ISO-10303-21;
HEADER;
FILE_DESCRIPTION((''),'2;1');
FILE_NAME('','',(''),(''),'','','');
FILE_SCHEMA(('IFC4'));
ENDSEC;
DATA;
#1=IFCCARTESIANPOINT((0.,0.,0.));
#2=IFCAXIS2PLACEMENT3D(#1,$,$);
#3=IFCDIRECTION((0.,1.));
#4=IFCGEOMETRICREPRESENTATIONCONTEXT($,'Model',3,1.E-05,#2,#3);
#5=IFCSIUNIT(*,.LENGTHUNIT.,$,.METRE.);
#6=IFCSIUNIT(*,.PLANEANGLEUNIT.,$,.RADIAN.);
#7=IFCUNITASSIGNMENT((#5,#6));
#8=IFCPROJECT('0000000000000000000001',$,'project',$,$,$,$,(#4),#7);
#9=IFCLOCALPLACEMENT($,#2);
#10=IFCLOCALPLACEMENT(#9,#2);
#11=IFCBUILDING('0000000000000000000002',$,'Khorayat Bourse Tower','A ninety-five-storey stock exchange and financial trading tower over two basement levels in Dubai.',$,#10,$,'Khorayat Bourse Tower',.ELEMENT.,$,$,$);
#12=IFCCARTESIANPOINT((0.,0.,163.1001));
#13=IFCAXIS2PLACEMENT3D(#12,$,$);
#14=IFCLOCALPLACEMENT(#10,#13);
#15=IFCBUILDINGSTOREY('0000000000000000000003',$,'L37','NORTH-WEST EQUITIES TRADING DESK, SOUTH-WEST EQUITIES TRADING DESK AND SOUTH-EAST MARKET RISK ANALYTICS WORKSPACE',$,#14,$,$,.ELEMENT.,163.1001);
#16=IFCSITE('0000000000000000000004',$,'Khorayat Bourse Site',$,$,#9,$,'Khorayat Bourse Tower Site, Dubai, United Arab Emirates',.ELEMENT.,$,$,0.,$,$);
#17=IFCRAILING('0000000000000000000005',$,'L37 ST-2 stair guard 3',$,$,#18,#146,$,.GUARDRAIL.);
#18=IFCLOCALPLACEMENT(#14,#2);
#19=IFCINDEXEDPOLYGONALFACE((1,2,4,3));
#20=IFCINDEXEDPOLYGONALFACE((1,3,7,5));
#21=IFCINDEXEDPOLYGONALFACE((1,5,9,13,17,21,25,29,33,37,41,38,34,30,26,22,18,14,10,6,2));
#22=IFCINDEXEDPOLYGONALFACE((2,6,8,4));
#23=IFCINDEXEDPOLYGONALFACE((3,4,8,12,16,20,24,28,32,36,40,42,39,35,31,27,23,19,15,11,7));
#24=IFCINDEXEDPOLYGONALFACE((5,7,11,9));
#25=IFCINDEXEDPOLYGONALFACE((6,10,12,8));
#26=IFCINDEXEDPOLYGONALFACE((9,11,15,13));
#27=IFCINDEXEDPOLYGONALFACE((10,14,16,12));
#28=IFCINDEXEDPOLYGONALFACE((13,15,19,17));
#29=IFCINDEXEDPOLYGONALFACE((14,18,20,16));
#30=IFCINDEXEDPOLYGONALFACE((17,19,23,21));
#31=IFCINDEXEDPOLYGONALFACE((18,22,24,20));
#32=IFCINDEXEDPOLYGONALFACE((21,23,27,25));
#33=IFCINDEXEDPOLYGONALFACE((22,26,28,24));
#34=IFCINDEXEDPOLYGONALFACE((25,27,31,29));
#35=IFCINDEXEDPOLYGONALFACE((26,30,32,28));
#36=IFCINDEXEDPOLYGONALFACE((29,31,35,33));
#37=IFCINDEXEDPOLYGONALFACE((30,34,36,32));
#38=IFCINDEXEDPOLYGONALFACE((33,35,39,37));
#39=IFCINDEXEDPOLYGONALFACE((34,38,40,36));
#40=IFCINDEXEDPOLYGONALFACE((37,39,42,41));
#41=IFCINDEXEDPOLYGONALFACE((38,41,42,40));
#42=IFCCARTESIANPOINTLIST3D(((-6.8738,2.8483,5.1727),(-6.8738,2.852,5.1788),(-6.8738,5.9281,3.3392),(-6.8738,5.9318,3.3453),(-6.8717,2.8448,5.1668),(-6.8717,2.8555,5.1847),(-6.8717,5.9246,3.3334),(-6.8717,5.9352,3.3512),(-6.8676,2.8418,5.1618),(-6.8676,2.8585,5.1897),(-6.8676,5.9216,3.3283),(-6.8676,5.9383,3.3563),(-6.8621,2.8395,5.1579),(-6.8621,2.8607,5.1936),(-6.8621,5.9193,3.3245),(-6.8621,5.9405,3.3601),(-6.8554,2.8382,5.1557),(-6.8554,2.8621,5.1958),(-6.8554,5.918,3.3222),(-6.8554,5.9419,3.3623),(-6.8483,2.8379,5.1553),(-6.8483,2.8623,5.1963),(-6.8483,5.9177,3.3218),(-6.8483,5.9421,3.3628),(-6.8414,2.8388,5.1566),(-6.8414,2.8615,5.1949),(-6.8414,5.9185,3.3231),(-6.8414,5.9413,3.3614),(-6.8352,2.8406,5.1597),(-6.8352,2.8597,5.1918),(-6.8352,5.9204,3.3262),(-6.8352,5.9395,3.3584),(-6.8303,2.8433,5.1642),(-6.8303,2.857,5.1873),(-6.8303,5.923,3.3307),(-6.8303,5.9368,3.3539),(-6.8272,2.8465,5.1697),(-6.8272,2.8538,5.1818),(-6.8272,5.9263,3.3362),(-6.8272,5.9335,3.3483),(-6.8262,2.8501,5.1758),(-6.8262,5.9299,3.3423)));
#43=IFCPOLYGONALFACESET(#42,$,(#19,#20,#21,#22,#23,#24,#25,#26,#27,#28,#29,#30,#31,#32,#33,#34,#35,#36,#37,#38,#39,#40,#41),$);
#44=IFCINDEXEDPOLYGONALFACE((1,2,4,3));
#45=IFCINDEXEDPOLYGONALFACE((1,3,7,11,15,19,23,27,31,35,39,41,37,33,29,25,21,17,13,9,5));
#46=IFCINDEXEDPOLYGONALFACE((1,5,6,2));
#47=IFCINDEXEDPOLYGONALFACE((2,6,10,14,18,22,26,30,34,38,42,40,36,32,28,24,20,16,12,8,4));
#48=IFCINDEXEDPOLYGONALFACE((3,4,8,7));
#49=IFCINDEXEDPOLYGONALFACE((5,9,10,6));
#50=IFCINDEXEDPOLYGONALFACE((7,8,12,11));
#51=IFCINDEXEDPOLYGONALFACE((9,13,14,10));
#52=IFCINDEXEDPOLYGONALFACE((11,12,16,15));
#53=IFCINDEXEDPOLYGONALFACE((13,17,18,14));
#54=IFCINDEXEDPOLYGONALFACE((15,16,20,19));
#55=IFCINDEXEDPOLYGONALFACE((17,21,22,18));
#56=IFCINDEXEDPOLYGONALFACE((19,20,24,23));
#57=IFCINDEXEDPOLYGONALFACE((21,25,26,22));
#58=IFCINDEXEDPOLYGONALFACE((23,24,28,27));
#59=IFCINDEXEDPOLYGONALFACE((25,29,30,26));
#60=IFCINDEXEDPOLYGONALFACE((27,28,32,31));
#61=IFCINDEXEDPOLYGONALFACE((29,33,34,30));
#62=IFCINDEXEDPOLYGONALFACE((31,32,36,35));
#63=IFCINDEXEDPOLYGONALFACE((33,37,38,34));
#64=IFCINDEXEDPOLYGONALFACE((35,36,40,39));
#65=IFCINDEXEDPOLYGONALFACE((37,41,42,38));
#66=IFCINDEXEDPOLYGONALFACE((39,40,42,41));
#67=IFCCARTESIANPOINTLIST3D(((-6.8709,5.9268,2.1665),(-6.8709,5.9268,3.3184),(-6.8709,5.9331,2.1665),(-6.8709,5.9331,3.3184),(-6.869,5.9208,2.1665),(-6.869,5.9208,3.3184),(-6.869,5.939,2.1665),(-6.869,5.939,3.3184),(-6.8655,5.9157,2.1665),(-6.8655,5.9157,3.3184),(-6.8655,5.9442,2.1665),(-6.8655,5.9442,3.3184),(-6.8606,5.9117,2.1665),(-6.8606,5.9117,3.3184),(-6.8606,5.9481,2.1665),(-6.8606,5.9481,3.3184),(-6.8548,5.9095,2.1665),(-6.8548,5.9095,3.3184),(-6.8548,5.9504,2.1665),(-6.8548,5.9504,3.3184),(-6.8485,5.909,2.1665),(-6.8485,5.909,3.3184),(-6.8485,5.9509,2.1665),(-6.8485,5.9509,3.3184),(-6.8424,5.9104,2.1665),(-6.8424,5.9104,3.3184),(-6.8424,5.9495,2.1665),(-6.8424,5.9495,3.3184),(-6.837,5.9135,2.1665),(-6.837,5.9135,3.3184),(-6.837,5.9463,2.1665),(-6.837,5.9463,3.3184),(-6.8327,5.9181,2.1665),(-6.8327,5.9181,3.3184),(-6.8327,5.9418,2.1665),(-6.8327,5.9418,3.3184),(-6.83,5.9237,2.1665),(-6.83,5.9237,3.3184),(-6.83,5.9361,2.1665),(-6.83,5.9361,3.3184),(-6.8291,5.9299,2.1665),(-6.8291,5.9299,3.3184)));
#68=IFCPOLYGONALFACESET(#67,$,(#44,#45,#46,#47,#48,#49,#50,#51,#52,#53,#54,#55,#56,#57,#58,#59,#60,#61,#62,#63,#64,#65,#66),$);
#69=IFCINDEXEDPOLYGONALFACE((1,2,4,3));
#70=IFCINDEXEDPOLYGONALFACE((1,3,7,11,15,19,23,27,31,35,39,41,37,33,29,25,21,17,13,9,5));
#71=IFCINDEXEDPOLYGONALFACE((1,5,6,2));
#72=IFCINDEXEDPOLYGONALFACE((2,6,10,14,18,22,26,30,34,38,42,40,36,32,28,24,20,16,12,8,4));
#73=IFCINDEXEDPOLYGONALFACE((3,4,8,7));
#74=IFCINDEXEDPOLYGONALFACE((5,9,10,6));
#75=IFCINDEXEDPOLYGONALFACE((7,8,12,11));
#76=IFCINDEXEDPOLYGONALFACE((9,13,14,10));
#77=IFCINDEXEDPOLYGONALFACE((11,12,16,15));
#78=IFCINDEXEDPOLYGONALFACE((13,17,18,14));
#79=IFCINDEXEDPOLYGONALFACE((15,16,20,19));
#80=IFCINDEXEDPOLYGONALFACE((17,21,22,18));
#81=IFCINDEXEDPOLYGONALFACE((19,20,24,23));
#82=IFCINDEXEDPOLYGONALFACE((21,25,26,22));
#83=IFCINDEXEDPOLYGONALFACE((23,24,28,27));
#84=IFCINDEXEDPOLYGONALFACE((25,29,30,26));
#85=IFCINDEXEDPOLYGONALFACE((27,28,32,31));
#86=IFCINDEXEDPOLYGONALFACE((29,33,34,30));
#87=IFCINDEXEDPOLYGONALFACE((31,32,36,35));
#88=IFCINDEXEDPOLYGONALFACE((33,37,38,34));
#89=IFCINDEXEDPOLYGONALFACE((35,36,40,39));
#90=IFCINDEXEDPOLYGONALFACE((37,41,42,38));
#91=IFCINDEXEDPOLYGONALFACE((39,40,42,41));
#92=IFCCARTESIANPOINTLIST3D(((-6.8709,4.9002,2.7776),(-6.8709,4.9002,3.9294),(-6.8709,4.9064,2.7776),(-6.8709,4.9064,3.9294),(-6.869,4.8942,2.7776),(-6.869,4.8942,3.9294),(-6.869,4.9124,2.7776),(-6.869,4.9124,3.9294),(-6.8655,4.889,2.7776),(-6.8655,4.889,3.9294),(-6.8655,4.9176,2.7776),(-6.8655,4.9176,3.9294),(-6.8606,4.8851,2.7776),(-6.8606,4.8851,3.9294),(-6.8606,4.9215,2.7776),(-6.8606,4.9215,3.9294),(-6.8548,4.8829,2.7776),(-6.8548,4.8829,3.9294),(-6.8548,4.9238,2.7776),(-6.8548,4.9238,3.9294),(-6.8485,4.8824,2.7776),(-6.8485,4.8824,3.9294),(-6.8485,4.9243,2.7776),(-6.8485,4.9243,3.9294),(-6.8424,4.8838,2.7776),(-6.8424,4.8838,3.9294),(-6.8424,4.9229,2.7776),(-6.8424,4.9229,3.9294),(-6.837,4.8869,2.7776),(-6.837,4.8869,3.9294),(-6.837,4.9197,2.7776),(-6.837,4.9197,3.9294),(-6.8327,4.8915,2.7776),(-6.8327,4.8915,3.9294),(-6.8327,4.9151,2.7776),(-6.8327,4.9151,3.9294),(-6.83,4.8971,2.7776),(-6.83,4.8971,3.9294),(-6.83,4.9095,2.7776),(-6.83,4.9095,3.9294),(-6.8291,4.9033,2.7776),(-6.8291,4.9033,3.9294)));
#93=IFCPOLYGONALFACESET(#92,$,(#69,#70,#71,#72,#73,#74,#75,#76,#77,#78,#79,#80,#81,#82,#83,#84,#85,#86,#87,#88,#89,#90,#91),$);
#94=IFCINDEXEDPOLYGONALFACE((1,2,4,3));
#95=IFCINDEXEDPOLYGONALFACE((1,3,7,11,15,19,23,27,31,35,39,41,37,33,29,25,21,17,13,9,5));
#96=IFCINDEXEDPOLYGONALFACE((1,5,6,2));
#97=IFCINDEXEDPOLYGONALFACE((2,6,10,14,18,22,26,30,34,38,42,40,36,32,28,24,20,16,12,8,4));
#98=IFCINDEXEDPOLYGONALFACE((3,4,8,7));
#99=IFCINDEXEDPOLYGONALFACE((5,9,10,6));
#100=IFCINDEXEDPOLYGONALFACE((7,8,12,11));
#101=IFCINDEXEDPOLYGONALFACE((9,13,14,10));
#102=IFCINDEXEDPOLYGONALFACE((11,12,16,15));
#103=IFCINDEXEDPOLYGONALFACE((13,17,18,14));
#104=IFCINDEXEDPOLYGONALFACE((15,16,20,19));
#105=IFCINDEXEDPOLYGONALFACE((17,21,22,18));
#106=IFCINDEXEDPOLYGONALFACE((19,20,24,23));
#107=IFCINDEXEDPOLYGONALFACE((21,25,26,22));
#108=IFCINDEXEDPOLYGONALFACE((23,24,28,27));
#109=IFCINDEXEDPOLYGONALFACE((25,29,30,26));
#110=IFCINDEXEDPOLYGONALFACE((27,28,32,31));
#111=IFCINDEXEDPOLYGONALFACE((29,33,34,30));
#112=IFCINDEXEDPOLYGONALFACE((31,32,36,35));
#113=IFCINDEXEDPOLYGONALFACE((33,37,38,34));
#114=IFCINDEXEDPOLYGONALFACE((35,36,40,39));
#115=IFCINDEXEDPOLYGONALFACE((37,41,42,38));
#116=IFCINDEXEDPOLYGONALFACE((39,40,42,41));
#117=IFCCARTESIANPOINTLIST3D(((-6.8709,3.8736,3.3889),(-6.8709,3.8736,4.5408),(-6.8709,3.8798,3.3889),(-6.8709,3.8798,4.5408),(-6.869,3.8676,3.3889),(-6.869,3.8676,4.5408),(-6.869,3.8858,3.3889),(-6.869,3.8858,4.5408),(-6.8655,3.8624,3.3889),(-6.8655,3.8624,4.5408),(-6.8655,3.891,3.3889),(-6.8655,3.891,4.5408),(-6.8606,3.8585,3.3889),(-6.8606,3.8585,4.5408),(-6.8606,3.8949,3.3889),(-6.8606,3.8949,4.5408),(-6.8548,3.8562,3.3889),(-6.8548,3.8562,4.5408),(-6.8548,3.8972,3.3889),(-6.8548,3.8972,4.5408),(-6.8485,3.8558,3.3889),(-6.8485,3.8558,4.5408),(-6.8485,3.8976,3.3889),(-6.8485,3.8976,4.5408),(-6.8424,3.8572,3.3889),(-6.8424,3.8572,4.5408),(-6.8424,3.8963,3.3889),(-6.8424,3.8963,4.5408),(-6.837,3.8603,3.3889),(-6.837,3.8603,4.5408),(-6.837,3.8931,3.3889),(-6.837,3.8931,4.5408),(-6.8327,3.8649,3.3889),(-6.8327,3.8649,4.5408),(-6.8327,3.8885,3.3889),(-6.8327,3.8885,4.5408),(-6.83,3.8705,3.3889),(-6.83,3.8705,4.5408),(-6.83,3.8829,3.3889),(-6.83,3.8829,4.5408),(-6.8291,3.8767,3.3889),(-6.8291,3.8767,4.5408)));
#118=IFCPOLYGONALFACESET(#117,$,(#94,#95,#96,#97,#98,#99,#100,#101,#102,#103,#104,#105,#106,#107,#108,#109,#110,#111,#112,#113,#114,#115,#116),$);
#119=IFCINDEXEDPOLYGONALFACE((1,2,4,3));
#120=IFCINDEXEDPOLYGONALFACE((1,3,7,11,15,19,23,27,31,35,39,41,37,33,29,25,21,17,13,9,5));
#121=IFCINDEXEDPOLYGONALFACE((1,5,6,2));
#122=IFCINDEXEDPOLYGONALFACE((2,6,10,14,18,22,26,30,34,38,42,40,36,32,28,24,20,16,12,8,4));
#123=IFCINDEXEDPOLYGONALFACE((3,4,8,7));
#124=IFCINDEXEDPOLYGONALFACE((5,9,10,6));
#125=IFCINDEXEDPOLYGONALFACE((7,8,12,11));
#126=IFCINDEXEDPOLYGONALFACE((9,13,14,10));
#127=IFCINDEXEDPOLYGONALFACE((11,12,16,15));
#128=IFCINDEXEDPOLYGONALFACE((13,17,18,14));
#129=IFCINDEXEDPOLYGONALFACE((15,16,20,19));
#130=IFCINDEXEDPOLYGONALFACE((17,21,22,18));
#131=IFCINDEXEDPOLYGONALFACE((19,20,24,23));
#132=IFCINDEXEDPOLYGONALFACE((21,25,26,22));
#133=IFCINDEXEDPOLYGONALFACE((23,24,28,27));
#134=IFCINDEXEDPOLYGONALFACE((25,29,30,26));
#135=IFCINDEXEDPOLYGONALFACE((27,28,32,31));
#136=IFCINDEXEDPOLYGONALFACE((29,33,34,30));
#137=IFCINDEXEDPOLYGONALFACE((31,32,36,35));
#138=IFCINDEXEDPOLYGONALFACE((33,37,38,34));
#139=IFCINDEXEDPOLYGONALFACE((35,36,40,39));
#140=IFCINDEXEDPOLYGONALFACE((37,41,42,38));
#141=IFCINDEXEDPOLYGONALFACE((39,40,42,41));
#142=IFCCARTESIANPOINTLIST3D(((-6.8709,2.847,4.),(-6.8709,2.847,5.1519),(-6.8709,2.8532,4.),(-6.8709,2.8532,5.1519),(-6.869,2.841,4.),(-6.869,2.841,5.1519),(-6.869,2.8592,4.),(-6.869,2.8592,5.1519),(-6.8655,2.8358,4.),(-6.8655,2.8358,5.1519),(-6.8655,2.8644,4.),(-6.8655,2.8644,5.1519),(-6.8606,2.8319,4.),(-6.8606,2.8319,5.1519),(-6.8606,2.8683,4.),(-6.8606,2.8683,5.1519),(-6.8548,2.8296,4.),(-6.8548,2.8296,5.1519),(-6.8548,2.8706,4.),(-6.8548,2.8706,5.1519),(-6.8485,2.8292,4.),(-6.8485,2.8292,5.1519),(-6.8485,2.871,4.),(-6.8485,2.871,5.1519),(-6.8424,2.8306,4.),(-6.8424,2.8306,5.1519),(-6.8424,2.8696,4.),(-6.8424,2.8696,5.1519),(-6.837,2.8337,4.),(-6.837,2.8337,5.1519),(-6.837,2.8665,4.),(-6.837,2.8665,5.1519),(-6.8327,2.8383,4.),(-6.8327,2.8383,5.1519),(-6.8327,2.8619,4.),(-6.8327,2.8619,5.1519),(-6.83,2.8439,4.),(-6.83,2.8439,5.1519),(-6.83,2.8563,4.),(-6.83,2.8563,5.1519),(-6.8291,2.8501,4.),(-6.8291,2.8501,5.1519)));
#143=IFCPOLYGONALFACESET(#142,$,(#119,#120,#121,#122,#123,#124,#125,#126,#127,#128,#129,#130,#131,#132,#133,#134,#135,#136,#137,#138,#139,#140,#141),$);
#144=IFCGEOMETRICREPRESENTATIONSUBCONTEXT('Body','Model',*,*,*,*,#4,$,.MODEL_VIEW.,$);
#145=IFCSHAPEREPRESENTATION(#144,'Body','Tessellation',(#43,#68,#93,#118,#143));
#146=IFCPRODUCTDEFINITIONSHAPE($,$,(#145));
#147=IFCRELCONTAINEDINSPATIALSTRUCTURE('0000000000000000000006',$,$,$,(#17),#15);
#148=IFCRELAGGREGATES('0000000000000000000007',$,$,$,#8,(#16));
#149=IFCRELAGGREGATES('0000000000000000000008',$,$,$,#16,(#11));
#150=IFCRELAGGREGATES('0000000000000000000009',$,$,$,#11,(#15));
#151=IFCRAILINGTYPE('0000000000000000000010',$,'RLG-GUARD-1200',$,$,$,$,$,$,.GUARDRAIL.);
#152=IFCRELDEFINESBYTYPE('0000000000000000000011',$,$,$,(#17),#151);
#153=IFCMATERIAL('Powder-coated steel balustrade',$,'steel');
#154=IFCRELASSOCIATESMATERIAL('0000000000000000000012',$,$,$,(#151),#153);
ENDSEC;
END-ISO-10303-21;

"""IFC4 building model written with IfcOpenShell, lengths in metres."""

from ifc_helpers import new_model, si_unit, direction, frame, origin, origin_2d, place, context, subcontext, project, spatial, circle, extrude, source, transform, mapped, material, type_object, element, save


model = new_model("IFC4")

# Units and contexts
model_context = context("Model", 3, precision=1e-05, world=origin(), true_north=direction((0.0, 1.0)))
body_context = subcontext(model_context, "Body", "Model", "MODEL_VIEW")
ifc_project = project(units=[si_unit("LENGTHUNIT", "METRE"), si_unit("PLANEANGLEUNIT", "RADIAN")], contexts=[model_context])

# Site, building, storey
site_placement = place(None, origin())
site = spatial("IfcSite", under=ifc_project, at=site_placement, Name="Khorayat Bourse Site", LongName="Khorayat Bourse Tower Site, Dubai, United Arab Emirates", CompositionType="ELEMENT", RefElevation=0.0)
building_placement = place(site_placement, origin())
building = spatial("IfcBuilding", under=site, at=building_placement, Name="Khorayat Bourse Tower", Description="A ninety-five-storey stock exchange and financial trading tower over two basement levels in Dubai.", LongName="Khorayat Bourse Tower", CompositionType="ELEMENT")
storey_placement = place(building_placement, frame((0.0, 0.0, 163.1001)))
storey = spatial("IfcBuildingStorey", under=building, at=storey_placement, Name="L37", Description="NORTH-WEST EQUITIES TRADING DESK, SOUTH-WEST EQUITIES TRADING DESK AND SOUTH-EAST MARKET RISK ANALYTICS WORKSPACE", CompositionType="ELEMENT", Elevation=163.1001)

# Railing
ifc_material_1 = material(Name="Powder-coated steel balustrade", Category="steel")
railing_type_1 = type_object("IfcRailingType", Name="RLG-GUARD-1200", PredefinedType="GUARDRAIL", material=ifc_material_1)
shared_shape_1 = source(origin(), body_context, "Body", "SweptSolid", [
    extrude(circle(Radius=0.0239, at=origin_2d()), frame((0.0, 0.0, 1.1758), z_axis=(0.0, -0.859261, 0.511538), x_axis=(1.0, 0.0, 0.0)), (0.0, 0.0, 1.0), 3.5842),
    extrude(circle(Radius=0.021, at=origin_2d()), origin(), (0.0, 0.0, 1.0), 1.1519),
    extrude(circle(Radius=0.021, at=origin_2d()), frame((0.0, -1.0266, 0.6111)), (0.0, 0.0, 1.0), 1.1519),
    extrude(circle(Radius=0.021, at=origin_2d()), frame((0.0, -2.0532, 1.2224)), (0.0, 0.0, 1.0), 1.1519),
    extrude(circle(Radius=0.021, at=origin_2d()), frame((0.0, -3.0798, 1.8335)), (0.0, 0.0, 1.0), 1.1519),
])
railing_1_placement = place(storey_placement, frame((-6.8501, 5.9299, 2.1665)))
element("IfcRailing", 1, at=railing_1_placement, inside=storey, type_object=railing_type_1, Name="L37 ST-2 stair guard 3", PredefinedType="GUARDRAIL", context=body_context, shape_type="MappedRepresentation", body=[
    mapped(shared_shape_1, transform((0.0, 0.0, 0.0), scale=1.0)),
])

save(model, "model.ifc")
